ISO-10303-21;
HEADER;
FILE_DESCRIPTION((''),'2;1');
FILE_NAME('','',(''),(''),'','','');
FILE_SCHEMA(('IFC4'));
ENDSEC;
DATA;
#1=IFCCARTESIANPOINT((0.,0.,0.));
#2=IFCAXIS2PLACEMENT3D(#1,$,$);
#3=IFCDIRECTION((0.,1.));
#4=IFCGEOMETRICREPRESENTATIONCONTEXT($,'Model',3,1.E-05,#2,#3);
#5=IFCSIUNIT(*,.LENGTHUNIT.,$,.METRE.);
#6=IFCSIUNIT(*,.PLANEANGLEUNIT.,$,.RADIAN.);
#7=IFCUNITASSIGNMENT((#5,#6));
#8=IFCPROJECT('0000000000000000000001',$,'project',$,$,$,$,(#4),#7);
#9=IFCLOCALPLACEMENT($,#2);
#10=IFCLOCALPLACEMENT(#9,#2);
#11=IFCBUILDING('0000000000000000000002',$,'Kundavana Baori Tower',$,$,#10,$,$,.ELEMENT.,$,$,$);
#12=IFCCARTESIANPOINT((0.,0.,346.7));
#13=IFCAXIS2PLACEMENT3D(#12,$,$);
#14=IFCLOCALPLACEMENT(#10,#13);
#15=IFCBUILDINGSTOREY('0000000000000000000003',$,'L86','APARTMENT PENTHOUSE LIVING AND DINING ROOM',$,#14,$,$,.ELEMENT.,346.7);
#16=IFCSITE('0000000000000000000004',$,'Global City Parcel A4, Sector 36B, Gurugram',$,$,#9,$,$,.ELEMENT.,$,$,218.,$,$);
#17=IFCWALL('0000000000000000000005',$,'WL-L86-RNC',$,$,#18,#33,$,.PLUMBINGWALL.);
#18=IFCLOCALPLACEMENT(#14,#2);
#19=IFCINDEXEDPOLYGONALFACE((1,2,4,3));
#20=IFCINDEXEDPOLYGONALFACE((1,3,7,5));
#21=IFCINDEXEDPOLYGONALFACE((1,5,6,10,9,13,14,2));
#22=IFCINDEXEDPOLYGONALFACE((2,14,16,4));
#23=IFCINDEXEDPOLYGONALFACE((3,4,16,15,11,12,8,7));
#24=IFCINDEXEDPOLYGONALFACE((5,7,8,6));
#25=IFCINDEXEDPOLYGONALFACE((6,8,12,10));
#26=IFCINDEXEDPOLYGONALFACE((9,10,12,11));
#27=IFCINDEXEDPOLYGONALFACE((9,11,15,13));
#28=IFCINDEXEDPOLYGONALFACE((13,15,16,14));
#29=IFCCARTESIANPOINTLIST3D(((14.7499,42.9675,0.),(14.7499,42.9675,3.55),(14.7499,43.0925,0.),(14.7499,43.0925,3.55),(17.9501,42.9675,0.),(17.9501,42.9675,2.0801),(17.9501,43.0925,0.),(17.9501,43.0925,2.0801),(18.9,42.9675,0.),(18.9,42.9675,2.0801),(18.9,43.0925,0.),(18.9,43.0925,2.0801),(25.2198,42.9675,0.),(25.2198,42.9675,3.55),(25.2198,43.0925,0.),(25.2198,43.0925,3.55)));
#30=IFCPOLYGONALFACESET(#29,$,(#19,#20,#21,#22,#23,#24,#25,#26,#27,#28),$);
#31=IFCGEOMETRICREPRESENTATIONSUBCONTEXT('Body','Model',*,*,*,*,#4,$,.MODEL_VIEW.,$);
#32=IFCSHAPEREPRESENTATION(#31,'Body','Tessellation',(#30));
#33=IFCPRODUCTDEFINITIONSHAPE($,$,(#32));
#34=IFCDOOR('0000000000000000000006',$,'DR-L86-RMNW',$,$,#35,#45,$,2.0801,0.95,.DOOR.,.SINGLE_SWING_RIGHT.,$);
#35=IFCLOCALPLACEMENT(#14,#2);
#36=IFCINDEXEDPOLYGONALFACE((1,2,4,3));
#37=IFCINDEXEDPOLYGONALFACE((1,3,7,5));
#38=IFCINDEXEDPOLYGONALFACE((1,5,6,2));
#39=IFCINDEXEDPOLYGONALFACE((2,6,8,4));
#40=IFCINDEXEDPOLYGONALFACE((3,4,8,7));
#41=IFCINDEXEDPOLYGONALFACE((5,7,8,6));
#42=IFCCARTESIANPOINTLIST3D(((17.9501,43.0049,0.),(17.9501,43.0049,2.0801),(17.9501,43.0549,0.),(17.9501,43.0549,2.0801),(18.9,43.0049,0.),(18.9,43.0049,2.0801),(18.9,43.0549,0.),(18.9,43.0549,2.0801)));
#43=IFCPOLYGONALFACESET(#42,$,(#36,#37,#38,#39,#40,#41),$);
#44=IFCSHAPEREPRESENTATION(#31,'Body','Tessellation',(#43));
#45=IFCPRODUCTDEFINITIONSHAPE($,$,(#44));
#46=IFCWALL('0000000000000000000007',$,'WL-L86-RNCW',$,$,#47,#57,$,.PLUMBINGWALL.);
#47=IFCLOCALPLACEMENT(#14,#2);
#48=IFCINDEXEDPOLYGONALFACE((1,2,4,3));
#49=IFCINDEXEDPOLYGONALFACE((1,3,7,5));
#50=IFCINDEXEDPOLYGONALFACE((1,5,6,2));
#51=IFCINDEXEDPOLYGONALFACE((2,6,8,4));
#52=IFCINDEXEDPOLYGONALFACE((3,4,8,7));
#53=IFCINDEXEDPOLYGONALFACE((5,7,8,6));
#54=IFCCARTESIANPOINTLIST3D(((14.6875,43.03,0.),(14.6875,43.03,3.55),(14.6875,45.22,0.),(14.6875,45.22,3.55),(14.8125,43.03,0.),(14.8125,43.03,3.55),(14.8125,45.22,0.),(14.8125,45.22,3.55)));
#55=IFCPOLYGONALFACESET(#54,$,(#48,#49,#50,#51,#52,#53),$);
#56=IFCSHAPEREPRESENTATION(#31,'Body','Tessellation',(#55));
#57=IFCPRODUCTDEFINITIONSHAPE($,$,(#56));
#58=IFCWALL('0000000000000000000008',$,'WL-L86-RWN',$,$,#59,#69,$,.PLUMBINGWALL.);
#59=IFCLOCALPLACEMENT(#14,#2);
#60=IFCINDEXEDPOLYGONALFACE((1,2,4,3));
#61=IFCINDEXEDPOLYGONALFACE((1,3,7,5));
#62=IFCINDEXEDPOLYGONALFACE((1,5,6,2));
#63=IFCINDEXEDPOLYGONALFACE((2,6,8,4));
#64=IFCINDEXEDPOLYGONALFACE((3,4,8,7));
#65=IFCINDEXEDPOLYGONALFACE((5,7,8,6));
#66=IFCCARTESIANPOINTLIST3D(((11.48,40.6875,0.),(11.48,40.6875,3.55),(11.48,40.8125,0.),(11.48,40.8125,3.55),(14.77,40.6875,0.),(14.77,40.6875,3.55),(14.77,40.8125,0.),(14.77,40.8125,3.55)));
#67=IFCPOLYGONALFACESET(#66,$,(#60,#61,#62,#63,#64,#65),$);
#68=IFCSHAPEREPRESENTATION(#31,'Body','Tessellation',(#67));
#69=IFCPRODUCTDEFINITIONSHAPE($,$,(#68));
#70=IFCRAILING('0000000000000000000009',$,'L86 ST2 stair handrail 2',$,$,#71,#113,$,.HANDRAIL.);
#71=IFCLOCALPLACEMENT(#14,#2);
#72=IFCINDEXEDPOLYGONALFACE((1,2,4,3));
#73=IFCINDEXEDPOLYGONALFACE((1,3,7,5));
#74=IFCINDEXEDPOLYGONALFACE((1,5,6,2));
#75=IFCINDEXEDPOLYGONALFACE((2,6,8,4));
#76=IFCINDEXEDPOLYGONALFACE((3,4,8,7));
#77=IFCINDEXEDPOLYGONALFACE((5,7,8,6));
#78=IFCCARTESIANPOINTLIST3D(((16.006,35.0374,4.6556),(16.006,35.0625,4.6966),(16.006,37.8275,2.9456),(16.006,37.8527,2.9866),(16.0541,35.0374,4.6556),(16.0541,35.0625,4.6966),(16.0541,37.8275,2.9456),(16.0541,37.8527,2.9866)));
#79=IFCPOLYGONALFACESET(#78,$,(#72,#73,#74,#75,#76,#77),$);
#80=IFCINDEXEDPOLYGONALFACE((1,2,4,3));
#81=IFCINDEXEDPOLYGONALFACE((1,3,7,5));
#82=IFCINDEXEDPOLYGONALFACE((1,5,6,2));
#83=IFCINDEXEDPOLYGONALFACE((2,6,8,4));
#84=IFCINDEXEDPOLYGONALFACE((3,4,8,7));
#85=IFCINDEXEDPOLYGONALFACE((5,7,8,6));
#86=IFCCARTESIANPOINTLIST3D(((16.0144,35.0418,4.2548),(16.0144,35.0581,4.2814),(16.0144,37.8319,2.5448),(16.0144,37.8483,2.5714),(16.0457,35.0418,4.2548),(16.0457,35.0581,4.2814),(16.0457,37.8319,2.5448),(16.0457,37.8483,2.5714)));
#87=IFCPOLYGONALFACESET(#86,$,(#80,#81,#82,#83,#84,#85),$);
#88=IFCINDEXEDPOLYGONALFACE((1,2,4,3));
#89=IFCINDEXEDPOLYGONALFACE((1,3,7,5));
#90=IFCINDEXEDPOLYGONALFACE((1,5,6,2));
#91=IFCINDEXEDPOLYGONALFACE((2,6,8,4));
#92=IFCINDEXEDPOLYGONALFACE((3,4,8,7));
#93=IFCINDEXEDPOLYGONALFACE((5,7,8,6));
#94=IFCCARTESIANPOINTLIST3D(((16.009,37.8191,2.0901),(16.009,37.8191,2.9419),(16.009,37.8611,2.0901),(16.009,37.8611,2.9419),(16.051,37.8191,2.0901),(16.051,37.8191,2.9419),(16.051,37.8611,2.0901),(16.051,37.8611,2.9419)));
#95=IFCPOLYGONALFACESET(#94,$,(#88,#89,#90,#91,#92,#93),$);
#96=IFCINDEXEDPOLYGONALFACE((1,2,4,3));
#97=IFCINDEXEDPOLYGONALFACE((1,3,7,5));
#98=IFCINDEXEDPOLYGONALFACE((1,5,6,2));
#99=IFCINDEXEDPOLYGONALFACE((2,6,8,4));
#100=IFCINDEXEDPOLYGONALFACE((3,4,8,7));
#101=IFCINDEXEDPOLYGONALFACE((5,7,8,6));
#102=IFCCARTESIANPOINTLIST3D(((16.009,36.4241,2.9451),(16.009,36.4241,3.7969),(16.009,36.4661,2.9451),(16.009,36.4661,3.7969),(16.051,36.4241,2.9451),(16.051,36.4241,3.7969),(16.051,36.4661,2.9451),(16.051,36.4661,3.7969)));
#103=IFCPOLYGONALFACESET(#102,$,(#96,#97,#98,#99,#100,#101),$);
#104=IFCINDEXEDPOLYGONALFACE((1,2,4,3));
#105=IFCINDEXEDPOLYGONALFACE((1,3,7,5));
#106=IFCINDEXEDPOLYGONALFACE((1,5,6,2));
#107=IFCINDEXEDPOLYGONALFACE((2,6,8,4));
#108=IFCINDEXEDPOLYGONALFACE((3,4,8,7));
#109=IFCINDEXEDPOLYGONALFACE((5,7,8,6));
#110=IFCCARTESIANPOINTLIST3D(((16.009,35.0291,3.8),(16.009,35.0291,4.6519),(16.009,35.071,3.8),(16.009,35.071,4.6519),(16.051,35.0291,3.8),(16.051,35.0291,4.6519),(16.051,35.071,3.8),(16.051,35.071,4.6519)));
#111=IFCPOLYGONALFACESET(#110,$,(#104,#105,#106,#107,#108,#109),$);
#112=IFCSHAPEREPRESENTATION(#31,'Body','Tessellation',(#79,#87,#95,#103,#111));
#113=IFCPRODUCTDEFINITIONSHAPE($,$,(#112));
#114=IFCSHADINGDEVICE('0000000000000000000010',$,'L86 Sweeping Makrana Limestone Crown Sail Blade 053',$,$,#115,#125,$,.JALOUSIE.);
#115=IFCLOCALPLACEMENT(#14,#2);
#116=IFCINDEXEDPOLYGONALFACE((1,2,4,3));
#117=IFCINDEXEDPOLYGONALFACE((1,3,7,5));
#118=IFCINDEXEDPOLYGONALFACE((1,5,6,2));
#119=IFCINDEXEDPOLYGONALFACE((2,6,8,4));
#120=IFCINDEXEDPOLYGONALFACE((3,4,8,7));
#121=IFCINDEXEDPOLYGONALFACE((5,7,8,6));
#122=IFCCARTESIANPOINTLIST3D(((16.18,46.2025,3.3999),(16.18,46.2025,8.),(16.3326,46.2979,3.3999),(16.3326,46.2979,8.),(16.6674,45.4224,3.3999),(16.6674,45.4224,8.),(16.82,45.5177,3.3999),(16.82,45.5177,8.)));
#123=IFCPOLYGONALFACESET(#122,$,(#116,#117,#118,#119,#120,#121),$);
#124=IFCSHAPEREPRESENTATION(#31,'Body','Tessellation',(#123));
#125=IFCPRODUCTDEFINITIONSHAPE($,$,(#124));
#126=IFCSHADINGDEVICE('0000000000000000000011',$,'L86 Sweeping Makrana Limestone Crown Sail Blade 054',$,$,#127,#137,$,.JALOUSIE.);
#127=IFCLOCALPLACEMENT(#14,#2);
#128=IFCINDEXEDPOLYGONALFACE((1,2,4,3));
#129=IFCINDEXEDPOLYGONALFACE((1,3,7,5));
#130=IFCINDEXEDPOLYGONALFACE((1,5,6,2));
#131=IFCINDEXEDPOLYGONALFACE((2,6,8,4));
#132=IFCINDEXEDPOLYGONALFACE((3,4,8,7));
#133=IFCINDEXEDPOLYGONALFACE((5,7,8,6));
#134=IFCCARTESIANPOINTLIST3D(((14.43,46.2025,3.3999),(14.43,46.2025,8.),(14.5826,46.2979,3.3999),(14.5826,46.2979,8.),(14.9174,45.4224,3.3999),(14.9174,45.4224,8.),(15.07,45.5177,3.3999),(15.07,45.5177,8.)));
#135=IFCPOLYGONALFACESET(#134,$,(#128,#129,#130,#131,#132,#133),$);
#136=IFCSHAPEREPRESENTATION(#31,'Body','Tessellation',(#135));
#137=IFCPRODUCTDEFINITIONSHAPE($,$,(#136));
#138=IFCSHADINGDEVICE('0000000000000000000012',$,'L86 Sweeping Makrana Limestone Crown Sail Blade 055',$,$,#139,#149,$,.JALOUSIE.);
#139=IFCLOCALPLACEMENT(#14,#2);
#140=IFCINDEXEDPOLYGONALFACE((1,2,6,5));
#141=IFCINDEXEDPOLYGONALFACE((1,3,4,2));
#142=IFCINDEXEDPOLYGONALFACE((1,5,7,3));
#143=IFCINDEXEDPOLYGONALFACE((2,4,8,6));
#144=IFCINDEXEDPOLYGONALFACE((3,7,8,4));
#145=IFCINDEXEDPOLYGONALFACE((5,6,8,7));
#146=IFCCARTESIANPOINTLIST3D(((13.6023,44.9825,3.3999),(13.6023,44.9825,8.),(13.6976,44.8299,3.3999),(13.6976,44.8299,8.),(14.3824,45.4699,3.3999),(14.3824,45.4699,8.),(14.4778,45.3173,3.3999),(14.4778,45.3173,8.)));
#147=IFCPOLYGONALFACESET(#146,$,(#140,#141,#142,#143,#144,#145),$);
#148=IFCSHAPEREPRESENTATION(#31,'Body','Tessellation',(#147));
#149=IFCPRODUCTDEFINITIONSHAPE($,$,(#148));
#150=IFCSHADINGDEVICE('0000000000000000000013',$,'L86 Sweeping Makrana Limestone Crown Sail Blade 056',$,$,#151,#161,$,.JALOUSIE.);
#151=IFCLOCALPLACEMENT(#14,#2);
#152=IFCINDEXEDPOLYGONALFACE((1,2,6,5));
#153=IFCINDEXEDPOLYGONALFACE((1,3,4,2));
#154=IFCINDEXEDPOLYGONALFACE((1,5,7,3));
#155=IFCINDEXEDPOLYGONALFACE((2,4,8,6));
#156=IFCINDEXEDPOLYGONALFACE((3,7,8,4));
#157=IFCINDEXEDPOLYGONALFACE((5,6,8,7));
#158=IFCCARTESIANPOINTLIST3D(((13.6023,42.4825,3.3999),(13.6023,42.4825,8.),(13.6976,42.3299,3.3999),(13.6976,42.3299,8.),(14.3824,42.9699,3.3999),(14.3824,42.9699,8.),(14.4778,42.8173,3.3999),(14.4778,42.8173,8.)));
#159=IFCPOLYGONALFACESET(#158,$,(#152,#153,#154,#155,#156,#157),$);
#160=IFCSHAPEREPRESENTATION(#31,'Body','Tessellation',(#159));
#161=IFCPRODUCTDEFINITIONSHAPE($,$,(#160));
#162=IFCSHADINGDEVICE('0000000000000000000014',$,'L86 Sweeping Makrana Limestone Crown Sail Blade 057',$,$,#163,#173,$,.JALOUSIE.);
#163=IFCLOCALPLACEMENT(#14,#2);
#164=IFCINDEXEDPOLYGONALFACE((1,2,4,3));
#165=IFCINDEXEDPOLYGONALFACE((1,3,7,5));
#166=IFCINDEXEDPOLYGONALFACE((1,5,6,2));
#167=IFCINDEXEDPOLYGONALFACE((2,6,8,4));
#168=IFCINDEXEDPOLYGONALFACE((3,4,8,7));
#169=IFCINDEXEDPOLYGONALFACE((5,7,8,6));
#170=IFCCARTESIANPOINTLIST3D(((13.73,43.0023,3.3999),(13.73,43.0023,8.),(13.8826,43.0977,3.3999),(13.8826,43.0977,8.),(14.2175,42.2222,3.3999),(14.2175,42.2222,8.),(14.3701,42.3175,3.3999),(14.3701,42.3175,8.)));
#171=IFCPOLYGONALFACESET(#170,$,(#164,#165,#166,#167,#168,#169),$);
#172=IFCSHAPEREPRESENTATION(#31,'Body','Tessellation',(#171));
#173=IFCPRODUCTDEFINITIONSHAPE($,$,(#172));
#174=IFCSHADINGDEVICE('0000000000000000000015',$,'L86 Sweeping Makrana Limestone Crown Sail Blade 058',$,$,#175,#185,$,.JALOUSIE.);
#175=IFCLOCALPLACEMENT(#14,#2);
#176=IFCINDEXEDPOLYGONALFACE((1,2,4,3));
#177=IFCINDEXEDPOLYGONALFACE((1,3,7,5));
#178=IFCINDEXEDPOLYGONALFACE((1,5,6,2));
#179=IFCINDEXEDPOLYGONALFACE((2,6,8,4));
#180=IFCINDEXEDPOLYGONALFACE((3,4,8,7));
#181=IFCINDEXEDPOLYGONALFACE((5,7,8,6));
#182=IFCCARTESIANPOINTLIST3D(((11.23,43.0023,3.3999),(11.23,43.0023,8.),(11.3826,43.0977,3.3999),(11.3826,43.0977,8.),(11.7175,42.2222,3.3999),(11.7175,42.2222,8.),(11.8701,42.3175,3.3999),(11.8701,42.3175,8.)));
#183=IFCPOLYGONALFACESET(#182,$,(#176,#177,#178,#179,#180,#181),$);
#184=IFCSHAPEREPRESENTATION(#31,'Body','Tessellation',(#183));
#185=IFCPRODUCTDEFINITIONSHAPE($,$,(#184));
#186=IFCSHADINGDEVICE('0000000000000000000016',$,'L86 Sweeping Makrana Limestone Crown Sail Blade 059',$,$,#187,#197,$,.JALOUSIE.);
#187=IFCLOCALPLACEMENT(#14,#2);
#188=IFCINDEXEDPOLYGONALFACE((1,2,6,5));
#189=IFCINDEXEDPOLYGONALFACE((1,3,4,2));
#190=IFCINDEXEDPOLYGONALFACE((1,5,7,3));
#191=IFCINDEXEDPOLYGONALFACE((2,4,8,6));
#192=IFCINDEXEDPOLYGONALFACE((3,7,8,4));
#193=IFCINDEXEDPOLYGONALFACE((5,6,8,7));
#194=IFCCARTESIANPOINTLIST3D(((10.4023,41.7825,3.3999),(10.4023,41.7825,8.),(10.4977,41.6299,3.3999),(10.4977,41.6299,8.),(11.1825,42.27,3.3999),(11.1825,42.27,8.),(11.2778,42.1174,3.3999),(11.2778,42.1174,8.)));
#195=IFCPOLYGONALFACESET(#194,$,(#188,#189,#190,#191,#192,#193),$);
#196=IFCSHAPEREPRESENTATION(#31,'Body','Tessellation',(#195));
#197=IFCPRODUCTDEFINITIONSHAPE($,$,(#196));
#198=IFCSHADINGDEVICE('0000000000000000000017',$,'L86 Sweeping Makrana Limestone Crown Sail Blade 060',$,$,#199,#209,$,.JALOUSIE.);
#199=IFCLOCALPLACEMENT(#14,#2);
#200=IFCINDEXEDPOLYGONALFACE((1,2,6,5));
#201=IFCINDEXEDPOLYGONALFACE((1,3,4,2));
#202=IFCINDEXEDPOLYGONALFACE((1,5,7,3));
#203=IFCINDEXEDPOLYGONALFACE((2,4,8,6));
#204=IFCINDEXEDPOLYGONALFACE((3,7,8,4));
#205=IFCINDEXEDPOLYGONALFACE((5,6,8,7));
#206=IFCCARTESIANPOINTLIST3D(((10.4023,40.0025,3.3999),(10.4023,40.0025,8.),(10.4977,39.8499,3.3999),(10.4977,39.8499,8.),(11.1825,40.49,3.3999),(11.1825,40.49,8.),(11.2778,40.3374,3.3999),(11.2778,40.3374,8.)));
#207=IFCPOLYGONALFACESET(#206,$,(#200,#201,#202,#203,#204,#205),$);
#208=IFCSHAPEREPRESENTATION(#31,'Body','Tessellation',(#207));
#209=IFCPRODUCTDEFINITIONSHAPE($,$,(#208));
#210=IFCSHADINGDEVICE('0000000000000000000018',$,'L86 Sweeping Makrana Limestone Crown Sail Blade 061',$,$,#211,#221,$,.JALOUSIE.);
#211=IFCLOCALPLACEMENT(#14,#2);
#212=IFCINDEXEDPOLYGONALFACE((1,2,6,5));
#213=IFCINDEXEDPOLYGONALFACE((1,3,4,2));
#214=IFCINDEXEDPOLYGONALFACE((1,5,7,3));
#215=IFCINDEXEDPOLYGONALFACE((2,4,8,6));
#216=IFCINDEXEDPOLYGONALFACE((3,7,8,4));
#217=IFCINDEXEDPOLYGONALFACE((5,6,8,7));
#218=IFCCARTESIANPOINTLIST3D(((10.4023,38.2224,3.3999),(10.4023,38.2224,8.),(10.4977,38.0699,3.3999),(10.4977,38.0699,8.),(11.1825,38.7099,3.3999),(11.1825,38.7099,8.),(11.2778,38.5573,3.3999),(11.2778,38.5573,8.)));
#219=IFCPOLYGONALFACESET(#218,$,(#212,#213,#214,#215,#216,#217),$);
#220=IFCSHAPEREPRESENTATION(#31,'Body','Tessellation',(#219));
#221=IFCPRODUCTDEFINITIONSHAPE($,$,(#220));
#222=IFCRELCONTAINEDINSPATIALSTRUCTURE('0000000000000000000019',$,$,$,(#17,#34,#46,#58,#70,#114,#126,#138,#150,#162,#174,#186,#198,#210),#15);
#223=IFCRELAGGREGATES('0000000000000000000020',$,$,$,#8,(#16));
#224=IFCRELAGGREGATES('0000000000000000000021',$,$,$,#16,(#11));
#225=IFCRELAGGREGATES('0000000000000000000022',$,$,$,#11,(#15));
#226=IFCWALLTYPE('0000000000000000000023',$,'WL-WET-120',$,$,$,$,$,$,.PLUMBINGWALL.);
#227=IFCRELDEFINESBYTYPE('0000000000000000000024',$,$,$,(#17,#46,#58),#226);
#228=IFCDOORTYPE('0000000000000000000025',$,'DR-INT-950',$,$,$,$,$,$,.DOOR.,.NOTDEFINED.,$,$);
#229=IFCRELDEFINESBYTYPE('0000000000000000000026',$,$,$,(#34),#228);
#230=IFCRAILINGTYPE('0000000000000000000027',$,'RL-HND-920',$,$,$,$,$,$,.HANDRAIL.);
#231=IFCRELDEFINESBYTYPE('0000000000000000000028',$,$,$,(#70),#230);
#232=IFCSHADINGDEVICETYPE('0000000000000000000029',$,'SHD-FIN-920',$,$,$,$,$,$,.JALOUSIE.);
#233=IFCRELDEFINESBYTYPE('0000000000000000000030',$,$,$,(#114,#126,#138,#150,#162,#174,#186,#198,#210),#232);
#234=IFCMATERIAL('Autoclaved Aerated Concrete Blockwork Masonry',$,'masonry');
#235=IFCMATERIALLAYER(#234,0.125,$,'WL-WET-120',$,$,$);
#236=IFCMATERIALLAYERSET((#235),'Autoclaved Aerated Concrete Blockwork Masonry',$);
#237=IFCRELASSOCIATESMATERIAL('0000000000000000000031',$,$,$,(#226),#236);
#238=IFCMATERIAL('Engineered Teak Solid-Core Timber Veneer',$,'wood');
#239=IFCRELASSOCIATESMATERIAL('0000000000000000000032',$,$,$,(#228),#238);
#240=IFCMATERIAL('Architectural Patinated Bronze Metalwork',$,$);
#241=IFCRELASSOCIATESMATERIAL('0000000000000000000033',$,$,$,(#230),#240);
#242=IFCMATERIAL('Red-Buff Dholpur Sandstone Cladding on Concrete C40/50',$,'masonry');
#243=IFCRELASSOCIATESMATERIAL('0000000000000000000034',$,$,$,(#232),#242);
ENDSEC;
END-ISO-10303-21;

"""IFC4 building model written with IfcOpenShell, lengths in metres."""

from ifc_helpers import new_model, si_unit, direction, frame, frame_2d, origin, origin_2d, place, context, subcontext, project, spatial, rectangle, extrude, material, layer, layer_set, type_object, element, fill, save


model = new_model("IFC4")

# Units and contexts
model_context = context("Model", 3, precision=1e-05, world=origin(), true_north=direction((0.0, 1.0)))
body_context = subcontext(model_context, "Body", "Model", "MODEL_VIEW")
ifc_project = project(units=[si_unit("LENGTHUNIT", "METRE"), si_unit("PLANEANGLEUNIT", "RADIAN")], contexts=[model_context])

# Site, building, storey
site_placement = place(None, origin())
site = spatial("IfcSite", under=ifc_project, at=site_placement, Name="Global City Parcel A4, Sector 36B, Gurugram", CompositionType="ELEMENT", RefElevation=218.0)
building_placement = place(site_placement, origin())
building = spatial("IfcBuilding", under=site, at=building_placement, Name="Kundavana Baori Tower", CompositionType="ELEMENT")
storey_placement = place(building_placement, frame((0.0, 0.0, 346.7)))
storey = spatial("IfcBuildingStorey", under=building, at=storey_placement, Name="L86", Description="APARTMENT PENTHOUSE LIVING AND DINING ROOM", CompositionType="ELEMENT", Elevation=346.7)

# Wall, opening, door
ifc_material_1 = material(Name="Autoclaved Aerated Concrete Blockwork Masonry", Category="masonry")
ifc_layer_1 = layer(ifc_material_1, 0.125, Name="WL-WET-120")
ifc_layer_set_1 = layer_set([ifc_layer_1], Name="Autoclaved Aerated Concrete Blockwork Masonry")
wall_type_1 = type_object("IfcWallType", Name="WL-WET-120", PredefinedType="PLUMBINGWALL", material=ifc_layer_set_1)
wall_1_placement = place(storey_placement, frame((14.75, 43.03, 0.0), z_axis=(0.0, 0.0, 1.0), x_axis=(1.0, 0.0, 0.0)))
wall_1 = element("IfcWall", 1, at=wall_1_placement, inside=storey, type_object=wall_type_1, Name="WL-L86-RNC", PredefinedType="PLUMBINGWALL", context=body_context, shape_type="SweptSolid", body=[
    extrude(rectangle(XDim=10.47, YDim=0.125, at=frame_2d((5.2349, 0.0))), origin(), (0.0, 0.0, 1.0), 3.55),
])
opening_1_placement = place(wall_1_placement, frame((3.2, 0.0, 0.0)))
opening_1 = element("IfcOpeningElement", 2, at=opening_1_placement, cuts=wall_1, PredefinedType="OPENING", context=body_context, shape_type="SweptSolid", body=[
    extrude(rectangle(XDim=0.95, YDim=2.0801, at=frame_2d((0.4751, 1.04))), frame((0.0, 0.0725, 0.0), z_axis=(0.0, -1.0, 0.0), x_axis=(1.0, 0.0, 0.0)), (0.0, 0.0, 1.0), 0.145),
])
ifc_material_2 = material(Name="Engineered Teak Solid-Core Timber Veneer", Category="wood")
door_type = type_object("IfcDoorType", Name="DR-INT-950", OperationType="NOTDEFINED", PredefinedType="DOOR", material=ifc_material_2)
door_placement = place(opening_1_placement, origin())
door = element("IfcDoor", 3, at=door_placement, inside=storey, type_object=door_type, Name="DR-L86-RMNW", OperationType="SINGLE_SWING_RIGHT", OverallHeight=2.0801, OverallWidth=0.95, PredefinedType="DOOR", context=body_context, shape_type="SweptSolid", body=[
    extrude(rectangle(XDim=0.95, YDim=2.0801, at=frame_2d((0.4751, 1.04))), frame((0.0, 0.0249, 0.0), z_axis=(0.0, -1.0, 0.0), x_axis=(1.0, 0.0, 0.0)), (0.0, 0.0, 1.0), 0.05),
])
fill(opening_1, door)

# Walls
wall_2_placement = place(storey_placement, frame((14.75, 43.03, 0.0), z_axis=(0.0, 0.0, 1.0), x_axis=(0.0, 1.0, 0.0)))
element("IfcWall", 4, at=wall_2_placement, inside=storey, type_object=wall_type_1, Name="WL-L86-RNCW", PredefinedType="PLUMBINGWALL", context=body_context, shape_type="SweptSolid", body=[
    extrude(rectangle(XDim=2.1899, YDim=0.125, at=frame_2d((1.095, 0.0))), origin(), (0.0, 0.0, 1.0), 3.55),
])
wall_3_placement = place(storey_placement, frame((11.48, 40.75, 0.0), z_axis=(0.0, 0.0, 1.0), x_axis=(1.0, 0.0, 0.0)))
element("IfcWall", 5, at=wall_3_placement, inside=storey, type_object=wall_type_1, Name="WL-L86-RWN", PredefinedType="PLUMBINGWALL", context=body_context, shape_type="SweptSolid", body=[
    extrude(rectangle(XDim=3.29, YDim=0.125, at=frame_2d((1.645, 0.0))), origin(), (0.0, 0.0, 1.0), 3.55),
])

# Railing
ifc_material_3 = material(Name="Architectural Patinated Bronze Metalwork")
railing_type = type_object("IfcRailingType", Name="RL-HND-920", PredefinedType="HANDRAIL", material=ifc_material_3)
railing_placement = place(storey_placement, frame((16.03, 37.8401, 2.0901)))
element("IfcRailing", 6, at=railing_placement, inside=storey, type_object=railing_type, Name="L86 ST2 stair handrail 2", PredefinedType="HANDRAIL", context=body_context, shape_type="SweptSolid", body=[
    extrude(rectangle(XDim=0.0481, YDim=0.0481, at=origin_2d()), frame((0.0, 0.0, 0.876), z_axis=(0.0, -0.85261, 0.522548), x_axis=(1.0, 0.0, 0.0)), (0.0, 0.0, 1.0), 3.2725),
    extrude(rectangle(XDim=0.0312, YDim=0.0312, at=origin_2d()), frame((0.0, 0.0, 0.468), z_axis=(0.0, -0.85261, 0.522548), x_axis=(1.0, 0.0, 0.0)), (0.0, 0.0, 1.0), 3.2725),
    extrude(rectangle(XDim=0.042, YDim=0.042, at=origin_2d()), origin(), (0.0, 0.0, 1.0), 0.8518),
    extrude(rectangle(XDim=0.042, YDim=0.042, at=origin_2d()), frame((0.0, -1.395, 0.855)), (0.0, 0.0, 1.0), 0.8518),
    extrude(rectangle(XDim=0.042, YDim=0.042, at=origin_2d()), frame((0.0, -2.79, 1.71)), (0.0, 0.0, 1.0), 0.8518),
])

# Shading devices
ifc_material_4 = material(Name="Red-Buff Dholpur Sandstone Cladding on Concrete C40/50", Category="masonry")
shading_device_type = type_object("IfcShadingDeviceType", Name="SHD-FIN-920", PredefinedType="JALOUSIE", material=ifc_material_4)
for number, where, z_axis, x_axis, name in (
    (7, (16.5, 45.8601, 3.3999), (0.0, 0.0, 1.0), (0.848048, 0.529919, 0.0), "L86 Sweeping Makrana Limestone Crown Sail Blade 053"),
    (8, (14.75, 45.8601, 3.3999), (0.0, 0.0, 1.0), (0.848048, 0.529919, 0.0), "L86 Sweeping Makrana Limestone Crown Sail Blade 054"),
    (9, (14.04, 45.1499, 3.3999), (0.0, 0.0, 1.0), (-0.529919, 0.848048, 0.0), "L86 Sweeping Makrana Limestone Crown Sail Blade 055"),
    (10, (14.04, 42.6499, 3.3999), (0.0, 0.0, 1.0), (-0.529919, 0.848048, 0.0), "L86 Sweeping Makrana Limestone Crown Sail Blade 056"),
    (11, (14.05, 42.6599, 3.3999), (0.0, 0.0, 1.0), (0.848048, 0.529919, 0.0), "L86 Sweeping Makrana Limestone Crown Sail Blade 057"),
    (12, (11.55, 42.6599, 3.3999), (0.0, 0.0, 1.0), (0.848048, 0.529919, 0.0), "L86 Sweeping Makrana Limestone Crown Sail Blade 058"),
    (13, (10.8401, 41.95, 3.3999), (0.0, 0.0, 1.0), (-0.529919, 0.848048, 0.0), "L86 Sweeping Makrana Limestone Crown Sail Blade 059"),
    (14, (10.8401, 40.1699, 3.3999), (0.0, 0.0, 1.0), (-0.529919, 0.848048, 0.0), "L86 Sweeping Makrana Limestone Crown Sail Blade 060"),
    (15, (10.8401, 38.3899, 3.3999), (0.0, 0.0, 1.0), (-0.529919, 0.848048, 0.0), "L86 Sweeping Makrana Limestone Crown Sail Blade 061"),
):
    element("IfcShadingDevice", number, at=place(storey_placement, frame(where, z_axis=z_axis, x_axis=x_axis)), inside=storey, type_object=shading_device_type, Name=name, PredefinedType="JALOUSIE", context=body_context, shape_type="SweptSolid", body=[
        extrude(rectangle(XDim=0.1799, YDim=0.9199, at=origin_2d()), origin(), (0.0, 0.0, 1.0), 4.6001),
    ])

save(model, "model.ifc")
